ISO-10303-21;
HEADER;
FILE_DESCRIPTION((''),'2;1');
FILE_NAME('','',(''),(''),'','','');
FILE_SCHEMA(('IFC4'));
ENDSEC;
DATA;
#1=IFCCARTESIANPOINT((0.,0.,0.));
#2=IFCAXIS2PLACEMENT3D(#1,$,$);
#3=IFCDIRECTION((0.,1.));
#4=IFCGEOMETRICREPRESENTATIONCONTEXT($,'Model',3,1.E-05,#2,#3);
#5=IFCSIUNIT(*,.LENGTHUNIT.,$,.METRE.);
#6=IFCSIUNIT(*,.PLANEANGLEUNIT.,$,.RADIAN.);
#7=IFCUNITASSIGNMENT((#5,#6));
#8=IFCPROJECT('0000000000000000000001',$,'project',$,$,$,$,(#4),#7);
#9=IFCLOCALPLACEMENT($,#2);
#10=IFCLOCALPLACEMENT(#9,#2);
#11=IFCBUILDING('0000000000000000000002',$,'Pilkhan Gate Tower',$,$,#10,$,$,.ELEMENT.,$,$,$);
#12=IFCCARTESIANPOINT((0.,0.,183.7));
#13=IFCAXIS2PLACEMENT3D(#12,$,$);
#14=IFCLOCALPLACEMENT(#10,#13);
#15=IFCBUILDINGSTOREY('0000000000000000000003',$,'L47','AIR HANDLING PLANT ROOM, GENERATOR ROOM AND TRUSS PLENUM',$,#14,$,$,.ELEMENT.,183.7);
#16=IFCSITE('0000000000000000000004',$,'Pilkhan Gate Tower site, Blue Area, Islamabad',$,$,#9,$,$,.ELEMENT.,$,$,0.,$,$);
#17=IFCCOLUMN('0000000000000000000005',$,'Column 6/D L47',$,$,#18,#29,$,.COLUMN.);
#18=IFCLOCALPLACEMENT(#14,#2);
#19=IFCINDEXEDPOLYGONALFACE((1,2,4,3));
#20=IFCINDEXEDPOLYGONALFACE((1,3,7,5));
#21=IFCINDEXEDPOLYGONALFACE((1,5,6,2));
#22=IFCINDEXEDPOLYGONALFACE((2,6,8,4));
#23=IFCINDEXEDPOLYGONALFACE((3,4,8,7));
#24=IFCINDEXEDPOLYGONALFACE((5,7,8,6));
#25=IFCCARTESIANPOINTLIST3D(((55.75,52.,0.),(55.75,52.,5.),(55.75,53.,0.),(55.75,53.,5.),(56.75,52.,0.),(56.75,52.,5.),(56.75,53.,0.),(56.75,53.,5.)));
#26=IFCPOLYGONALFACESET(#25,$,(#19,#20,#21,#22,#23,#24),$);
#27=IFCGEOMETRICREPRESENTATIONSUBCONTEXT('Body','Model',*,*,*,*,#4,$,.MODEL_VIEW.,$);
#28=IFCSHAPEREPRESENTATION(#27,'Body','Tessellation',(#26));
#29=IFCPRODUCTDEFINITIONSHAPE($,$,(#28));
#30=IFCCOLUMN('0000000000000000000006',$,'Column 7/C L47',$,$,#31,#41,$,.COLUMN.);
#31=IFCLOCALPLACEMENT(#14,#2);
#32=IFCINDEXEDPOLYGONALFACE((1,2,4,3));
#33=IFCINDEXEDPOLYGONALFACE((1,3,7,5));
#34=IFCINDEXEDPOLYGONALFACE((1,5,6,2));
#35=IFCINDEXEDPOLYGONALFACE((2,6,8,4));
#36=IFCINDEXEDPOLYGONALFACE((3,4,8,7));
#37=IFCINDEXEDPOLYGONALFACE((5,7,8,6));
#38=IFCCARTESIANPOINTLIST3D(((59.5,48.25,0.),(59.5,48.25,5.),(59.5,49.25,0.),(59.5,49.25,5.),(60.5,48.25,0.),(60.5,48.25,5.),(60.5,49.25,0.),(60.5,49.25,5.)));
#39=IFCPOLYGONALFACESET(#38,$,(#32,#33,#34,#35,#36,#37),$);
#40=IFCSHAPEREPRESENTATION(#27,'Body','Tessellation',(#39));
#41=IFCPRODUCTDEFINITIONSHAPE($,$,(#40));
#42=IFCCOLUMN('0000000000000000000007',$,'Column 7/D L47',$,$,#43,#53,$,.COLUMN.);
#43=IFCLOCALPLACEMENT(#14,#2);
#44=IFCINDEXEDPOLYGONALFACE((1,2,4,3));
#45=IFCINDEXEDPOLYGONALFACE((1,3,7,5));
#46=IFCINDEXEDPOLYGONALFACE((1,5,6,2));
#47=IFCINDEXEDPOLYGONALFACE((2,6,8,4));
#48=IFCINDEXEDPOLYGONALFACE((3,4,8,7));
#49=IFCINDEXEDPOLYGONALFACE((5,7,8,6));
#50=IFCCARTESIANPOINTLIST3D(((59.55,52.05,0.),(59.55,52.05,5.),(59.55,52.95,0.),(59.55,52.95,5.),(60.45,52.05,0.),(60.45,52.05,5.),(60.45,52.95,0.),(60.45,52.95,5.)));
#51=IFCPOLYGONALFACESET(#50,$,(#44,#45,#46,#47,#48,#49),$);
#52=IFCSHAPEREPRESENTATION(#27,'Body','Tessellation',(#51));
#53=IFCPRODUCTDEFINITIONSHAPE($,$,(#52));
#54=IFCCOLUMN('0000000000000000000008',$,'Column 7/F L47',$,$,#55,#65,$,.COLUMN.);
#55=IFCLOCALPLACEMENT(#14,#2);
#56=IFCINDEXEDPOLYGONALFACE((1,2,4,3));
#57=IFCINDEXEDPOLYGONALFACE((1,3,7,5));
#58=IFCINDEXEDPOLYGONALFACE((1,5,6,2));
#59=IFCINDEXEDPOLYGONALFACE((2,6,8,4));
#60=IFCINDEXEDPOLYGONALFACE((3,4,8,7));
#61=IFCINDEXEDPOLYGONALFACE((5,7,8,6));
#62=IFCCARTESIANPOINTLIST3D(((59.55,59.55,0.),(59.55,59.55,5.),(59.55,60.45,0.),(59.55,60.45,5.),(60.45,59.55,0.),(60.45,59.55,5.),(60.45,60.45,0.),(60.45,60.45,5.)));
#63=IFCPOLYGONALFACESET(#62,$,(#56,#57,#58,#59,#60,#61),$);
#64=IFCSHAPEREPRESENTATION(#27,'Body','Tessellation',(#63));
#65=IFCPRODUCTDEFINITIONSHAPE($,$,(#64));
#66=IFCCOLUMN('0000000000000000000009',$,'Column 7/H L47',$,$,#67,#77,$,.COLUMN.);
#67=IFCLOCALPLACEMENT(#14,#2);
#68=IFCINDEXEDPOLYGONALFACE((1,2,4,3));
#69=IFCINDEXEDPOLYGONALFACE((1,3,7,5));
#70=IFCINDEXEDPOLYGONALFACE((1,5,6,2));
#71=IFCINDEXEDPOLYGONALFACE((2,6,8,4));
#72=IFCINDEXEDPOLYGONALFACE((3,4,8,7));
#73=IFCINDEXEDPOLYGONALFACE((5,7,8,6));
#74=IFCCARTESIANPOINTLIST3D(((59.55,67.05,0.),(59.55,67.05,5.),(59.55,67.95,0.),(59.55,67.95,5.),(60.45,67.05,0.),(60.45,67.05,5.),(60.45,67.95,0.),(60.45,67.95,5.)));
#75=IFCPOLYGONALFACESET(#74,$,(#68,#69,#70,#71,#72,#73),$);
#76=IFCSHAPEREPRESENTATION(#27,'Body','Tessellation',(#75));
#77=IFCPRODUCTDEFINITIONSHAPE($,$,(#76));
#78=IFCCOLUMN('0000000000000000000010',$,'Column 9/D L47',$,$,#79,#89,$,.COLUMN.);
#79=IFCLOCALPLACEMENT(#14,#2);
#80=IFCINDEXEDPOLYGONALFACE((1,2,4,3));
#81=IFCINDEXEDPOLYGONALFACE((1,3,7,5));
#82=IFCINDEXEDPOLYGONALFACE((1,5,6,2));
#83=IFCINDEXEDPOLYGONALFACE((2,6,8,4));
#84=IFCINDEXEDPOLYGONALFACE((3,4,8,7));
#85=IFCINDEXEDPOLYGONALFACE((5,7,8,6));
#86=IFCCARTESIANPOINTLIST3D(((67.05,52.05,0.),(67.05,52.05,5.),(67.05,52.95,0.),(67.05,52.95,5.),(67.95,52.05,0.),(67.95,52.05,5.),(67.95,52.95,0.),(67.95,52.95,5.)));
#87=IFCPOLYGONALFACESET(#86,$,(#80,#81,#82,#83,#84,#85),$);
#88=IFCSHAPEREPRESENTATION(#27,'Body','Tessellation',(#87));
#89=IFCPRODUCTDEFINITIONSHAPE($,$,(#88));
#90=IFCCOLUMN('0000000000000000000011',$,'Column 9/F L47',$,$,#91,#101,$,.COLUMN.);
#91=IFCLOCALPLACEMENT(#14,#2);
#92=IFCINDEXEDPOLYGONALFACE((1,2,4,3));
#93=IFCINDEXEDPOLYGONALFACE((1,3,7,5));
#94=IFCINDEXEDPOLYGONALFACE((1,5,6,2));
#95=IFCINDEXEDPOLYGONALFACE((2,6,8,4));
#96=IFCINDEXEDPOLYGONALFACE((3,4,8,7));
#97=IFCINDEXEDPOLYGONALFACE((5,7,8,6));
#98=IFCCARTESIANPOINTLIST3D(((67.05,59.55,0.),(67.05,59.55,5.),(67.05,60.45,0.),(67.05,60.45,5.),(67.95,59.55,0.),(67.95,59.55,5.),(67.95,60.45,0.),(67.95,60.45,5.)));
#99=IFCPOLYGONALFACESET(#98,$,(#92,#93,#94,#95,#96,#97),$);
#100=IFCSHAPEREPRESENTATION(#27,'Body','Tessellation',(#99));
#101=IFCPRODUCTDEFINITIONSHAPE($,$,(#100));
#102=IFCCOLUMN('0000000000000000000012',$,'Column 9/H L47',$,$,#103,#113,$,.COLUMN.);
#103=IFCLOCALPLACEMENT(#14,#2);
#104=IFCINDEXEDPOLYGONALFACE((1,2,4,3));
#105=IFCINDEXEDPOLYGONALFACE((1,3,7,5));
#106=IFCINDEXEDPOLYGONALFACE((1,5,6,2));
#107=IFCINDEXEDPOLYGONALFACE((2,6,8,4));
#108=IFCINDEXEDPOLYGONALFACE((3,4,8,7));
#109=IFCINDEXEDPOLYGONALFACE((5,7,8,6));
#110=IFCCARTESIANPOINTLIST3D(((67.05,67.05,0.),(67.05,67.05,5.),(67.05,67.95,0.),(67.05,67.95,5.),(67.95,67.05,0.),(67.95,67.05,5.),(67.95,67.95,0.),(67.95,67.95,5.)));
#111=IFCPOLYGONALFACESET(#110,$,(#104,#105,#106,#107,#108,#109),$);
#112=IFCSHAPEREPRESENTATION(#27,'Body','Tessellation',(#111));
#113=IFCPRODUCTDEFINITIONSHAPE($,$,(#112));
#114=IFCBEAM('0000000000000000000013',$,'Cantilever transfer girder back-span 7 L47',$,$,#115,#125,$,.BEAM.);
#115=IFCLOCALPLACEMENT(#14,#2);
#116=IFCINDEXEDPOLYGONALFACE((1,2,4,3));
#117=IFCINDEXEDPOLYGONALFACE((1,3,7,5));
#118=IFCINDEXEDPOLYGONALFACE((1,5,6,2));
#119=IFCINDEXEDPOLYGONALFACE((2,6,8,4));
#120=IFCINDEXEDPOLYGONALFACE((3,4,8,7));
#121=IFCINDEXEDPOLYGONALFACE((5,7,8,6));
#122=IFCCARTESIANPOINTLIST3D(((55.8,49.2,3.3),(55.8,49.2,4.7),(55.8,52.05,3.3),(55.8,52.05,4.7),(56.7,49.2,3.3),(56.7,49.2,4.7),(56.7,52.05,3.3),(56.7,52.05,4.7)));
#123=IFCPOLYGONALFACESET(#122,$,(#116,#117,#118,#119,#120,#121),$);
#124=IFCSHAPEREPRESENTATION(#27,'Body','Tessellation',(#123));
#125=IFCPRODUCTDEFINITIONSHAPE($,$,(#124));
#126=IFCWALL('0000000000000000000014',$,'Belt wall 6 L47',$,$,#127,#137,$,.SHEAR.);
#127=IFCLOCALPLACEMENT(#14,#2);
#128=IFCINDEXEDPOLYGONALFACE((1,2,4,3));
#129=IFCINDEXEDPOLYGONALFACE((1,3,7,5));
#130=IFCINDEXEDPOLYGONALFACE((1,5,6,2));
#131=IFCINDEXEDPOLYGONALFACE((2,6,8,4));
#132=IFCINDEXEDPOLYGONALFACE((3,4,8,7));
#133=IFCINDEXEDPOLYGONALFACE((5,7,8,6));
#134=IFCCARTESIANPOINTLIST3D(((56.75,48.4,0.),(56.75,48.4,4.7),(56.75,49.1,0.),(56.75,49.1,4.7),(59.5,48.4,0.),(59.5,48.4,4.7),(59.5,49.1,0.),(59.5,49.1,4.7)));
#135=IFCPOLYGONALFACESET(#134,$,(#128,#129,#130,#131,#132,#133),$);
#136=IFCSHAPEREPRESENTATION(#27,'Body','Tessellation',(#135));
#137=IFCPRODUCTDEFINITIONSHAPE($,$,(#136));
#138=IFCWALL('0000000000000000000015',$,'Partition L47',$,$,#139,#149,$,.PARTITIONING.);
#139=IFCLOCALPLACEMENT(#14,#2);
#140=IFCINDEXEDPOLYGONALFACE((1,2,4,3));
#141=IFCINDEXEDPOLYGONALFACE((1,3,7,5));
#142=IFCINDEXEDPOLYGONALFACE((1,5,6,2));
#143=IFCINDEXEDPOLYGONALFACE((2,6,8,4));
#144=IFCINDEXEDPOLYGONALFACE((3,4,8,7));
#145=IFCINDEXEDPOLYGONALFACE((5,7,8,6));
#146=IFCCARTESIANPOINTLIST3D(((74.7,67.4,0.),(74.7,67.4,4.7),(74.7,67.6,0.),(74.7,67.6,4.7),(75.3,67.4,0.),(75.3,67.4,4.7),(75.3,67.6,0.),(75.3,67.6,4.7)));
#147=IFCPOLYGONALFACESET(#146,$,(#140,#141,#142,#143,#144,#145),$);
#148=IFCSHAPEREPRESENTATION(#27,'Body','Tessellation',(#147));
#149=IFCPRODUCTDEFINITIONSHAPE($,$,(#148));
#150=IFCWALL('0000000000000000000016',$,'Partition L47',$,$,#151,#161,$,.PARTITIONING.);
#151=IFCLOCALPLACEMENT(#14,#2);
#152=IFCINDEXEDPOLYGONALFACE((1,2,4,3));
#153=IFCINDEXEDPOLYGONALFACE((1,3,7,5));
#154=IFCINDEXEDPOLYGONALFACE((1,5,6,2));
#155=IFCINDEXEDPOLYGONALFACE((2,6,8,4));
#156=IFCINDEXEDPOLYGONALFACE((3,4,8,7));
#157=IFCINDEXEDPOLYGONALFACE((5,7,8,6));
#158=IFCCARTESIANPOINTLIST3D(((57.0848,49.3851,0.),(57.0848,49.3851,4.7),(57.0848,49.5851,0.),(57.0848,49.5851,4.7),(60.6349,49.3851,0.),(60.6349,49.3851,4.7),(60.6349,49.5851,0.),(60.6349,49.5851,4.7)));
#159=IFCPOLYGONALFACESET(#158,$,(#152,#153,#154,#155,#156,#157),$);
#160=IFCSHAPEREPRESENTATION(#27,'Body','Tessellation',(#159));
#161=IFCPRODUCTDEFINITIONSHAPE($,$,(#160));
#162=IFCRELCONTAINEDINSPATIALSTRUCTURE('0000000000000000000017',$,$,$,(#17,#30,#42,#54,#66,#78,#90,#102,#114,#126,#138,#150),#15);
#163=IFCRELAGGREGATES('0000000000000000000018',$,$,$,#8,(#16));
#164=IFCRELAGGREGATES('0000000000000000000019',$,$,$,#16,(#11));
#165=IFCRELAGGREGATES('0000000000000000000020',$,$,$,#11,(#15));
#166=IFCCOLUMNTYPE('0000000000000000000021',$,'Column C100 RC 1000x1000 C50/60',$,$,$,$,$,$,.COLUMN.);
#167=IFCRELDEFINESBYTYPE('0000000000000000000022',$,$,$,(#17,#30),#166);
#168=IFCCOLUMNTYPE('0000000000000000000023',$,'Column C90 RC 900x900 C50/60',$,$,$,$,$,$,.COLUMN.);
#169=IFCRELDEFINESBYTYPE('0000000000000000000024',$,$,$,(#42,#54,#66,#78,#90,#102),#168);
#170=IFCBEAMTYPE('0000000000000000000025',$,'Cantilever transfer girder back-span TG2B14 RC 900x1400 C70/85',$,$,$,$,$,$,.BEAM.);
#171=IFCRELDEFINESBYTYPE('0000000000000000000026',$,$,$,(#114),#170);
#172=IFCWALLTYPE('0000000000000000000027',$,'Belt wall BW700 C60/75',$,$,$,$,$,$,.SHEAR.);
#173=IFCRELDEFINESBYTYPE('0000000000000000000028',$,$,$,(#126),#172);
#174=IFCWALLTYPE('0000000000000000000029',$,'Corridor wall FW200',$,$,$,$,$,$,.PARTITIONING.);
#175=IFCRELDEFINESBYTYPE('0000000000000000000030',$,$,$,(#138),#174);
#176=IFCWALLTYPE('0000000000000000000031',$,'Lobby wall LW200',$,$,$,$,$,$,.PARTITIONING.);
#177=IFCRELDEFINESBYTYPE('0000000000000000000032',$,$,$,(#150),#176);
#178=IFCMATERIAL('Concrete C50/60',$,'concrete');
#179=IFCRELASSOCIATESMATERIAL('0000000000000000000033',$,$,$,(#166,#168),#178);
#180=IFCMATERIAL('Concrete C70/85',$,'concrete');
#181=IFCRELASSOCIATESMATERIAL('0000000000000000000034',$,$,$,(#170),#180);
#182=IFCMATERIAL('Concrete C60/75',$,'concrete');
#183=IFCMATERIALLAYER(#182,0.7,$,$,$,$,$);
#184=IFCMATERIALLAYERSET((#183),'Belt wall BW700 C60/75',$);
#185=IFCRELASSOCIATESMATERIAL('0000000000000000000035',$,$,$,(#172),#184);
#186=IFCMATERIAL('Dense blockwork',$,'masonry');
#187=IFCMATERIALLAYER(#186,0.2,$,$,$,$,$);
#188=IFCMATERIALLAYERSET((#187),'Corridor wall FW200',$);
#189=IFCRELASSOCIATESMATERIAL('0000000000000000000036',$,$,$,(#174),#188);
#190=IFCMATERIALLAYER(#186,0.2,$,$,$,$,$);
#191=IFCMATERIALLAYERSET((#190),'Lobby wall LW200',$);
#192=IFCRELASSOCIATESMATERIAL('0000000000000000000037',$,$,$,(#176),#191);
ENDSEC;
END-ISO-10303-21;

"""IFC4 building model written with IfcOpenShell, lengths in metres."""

from ifc_helpers import new_model, si_unit, direction, frame, frame_2d, origin, origin_2d, place, context, subcontext, project, spatial, rectangle, extrude, material, layer, layer_set, material_profile, profile_set, type_object, element, save


model = new_model("IFC4")

# Units and contexts
model_context = context("Model", 3, precision=1e-05, world=origin(), true_north=direction((0.0, 1.0)))
body_context = subcontext(model_context, "Body", "Model", "MODEL_VIEW")
ifc_project = project(units=[si_unit("LENGTHUNIT", "METRE"), si_unit("PLANEANGLEUNIT", "RADIAN")], contexts=[model_context])

# Site, building, storey
site_placement = place(None, origin())
site = spatial("IfcSite", under=ifc_project, at=site_placement, Name="Pilkhan Gate Tower site, Blue Area, Islamabad", CompositionType="ELEMENT", RefElevation=0.0)
building_placement = place(site_placement, origin())
building = spatial("IfcBuilding", under=site, at=building_placement, Name="Pilkhan Gate Tower", CompositionType="ELEMENT")
storey_placement = place(building_placement, frame((0.0, 0.0, 183.7)))
storey = spatial("IfcBuildingStorey", under=building, at=storey_placement, Name="L47", Description="AIR HANDLING PLANT ROOM, GENERATOR ROOM AND TRUSS PLENUM", CompositionType="ELEMENT", Elevation=183.7)

# Columns
ifc_material_1 = material(Name="Concrete C50/60", Category="concrete")
ifc_material_profile_1 = material_profile(ifc_material_1, rectangle(XDim=1.0, YDim=1.0, at=origin_2d()), Name="RC 1000x1000")
ifc_profile_set_1 = profile_set([ifc_material_profile_1], Name="Concrete C50/60")
column_type_1 = type_object("IfcColumnType", Name="Column C100 RC 1000x1000 C50/60", PredefinedType="COLUMN", material=ifc_profile_set_1)
for number, where, z_axis, x_axis, name in (
    (1, (56.25, 52.5, 0.0), (0.0, 0.0, 1.0), (1.0, 0.0, 0.0), "Column 6/D L47"),
    (2, (60.0, 48.75, 0.0), (0.0, 0.0, 1.0), (1.0, 0.0, 0.0), "Column 7/C L47"),
):
    element("IfcColumn", number, at=place(storey_placement, frame(where, z_axis=z_axis, x_axis=x_axis)), inside=storey, type_object=column_type_1, Name=name, PredefinedType="COLUMN", context=body_context, shape_type="SweptSolid", body=[
        extrude(rectangle(XDim=1.0, YDim=1.0, at=origin_2d()), origin(), (0.0, 0.0, 1.0), 5.0),
    ])
ifc_material_profile_2 = material_profile(ifc_material_1, rectangle(XDim=0.8999, YDim=0.8999, at=origin_2d()), Name="RC 900x900")
ifc_profile_set_2 = profile_set([ifc_material_profile_2], Name="Concrete C50/60")
column_type_2 = type_object("IfcColumnType", Name="Column C90 RC 900x900 C50/60", PredefinedType="COLUMN", material=ifc_profile_set_2)
for number, where, z_axis, x_axis, name in (
    (3, (60.0, 52.5, 0.0), (0.0, 0.0, 1.0), (1.0, 0.0, 0.0), "Column 7/D L47"),
    (4, (60.0, 60.0, 0.0), (0.0, 0.0, 1.0), (1.0, 0.0, 0.0), "Column 7/F L47"),
    (5, (60.0, 67.5, 0.0), (0.0, 0.0, 1.0), (1.0, 0.0, 0.0), "Column 7/H L47"),
    (6, (67.5, 52.5, 0.0), (0.0, 0.0, 1.0), (1.0, 0.0, 0.0), "Column 9/D L47"),
    (7, (67.5, 60.0, 0.0), (0.0, 0.0, 1.0), (1.0, 0.0, 0.0), "Column 9/F L47"),
    (8, (67.5, 67.5, 0.0), (0.0, 0.0, 1.0), (1.0, 0.0, 0.0), "Column 9/H L47"),
):
    element("IfcColumn", number, at=place(storey_placement, frame(where, z_axis=z_axis, x_axis=x_axis)), inside=storey, type_object=column_type_2, Name=name, PredefinedType="COLUMN", context=body_context, shape_type="SweptSolid", body=[
        extrude(rectangle(XDim=0.8999, YDim=0.8999, at=origin_2d()), origin(), (0.0, 0.0, 1.0), 5.0),
    ])

# Beam
ifc_material_2 = material(Name="Concrete C70/85", Category="concrete")
ifc_material_profile_3 = material_profile(ifc_material_2, rectangle(XDim=0.8999, YDim=1.3999, at=origin_2d()), Name="RC 900x1400")
ifc_profile_set_3 = profile_set([ifc_material_profile_3], Name="Concrete C70/85")
beam_type = type_object("IfcBeamType", Name="Cantilever transfer girder back-span TG2B14 RC 900x1400 C70/85", PredefinedType="BEAM", material=ifc_profile_set_3)
beam_placement = place(storey_placement, frame((56.25, 49.2, 4.0), z_axis=(0.0, 1.0, 0.0), x_axis=(-1.0, 0.0, 0.0)))
element("IfcBeam", 9, at=beam_placement, inside=storey, type_object=beam_type, Name="Cantilever transfer girder back-span 7 L47", PredefinedType="BEAM", context=body_context, shape_type="SweptSolid", body=[
    extrude(rectangle(XDim=0.8999, YDim=1.3999, at=origin_2d()), origin(), (0.0, 0.0, 1.0), 2.8501),
])

# Walls
ifc_material_3 = material(Name="Concrete C60/75", Category="concrete")
ifc_layer_1 = layer(ifc_material_3, 0.7)
ifc_layer_set_1 = layer_set([ifc_layer_1], Name="Belt wall BW700 C60/75")
wall_type_1 = type_object("IfcWallType", Name="Belt wall BW700 C60/75", PredefinedType="SHEAR", material=ifc_layer_set_1)
wall_1_placement = place(storey_placement, frame((59.5, 48.75, 0.0), z_axis=(0.0, 0.0, 1.0), x_axis=(-1.0, 0.0, 0.0)))
element("IfcWall", 10, at=wall_1_placement, inside=storey, type_object=wall_type_1, Name="Belt wall 6 L47", PredefinedType="SHEAR", context=body_context, shape_type="SweptSolid", body=[
    extrude(rectangle(XDim=2.75, YDim=0.7, at=frame_2d((1.375, 0.0))), origin(), (0.0, 0.0, 1.0), 4.7),
])
ifc_material_4 = material(Name="Dense blockwork", Category="masonry")
ifc_layer_2 = layer(ifc_material_4, 0.2)
ifc_layer_set_2 = layer_set([ifc_layer_2], Name="Corridor wall FW200")
wall_type_2 = type_object("IfcWallType", Name="Corridor wall FW200", PredefinedType="PARTITIONING", material=ifc_layer_set_2)
wall_2_placement = place(storey_placement, frame((74.7, 67.5, 0.0), z_axis=(0.0, 0.0, 1.0), x_axis=(1.0, 0.0, 0.0)))
element("IfcWall", 11, at=wall_2_placement, inside=storey, type_object=wall_type_2, Name="Partition L47", PredefinedType="PARTITIONING", context=body_context, shape_type="SweptSolid", body=[
    extrude(rectangle(XDim=0.6001, YDim=0.2, at=frame_2d((0.3, 0.0))), origin(), (0.0, 0.0, 1.0), 4.7),
])
ifc_layer_3 = layer(ifc_material_4, 0.2)
ifc_layer_set_3 = layer_set([ifc_layer_3], Name="Lobby wall LW200")
wall_type_3 = type_object("IfcWallType", Name="Lobby wall LW200", PredefinedType="PARTITIONING", material=ifc_layer_set_3)
wall_3_placement = place(storey_placement, frame((57.085, 49.4851, 0.0), z_axis=(0.0, 0.0, 1.0), x_axis=(1.0, 0.0, 0.0)))
element("IfcWall", 12, at=wall_3_placement, inside=storey, type_object=wall_type_3, Name="Partition L47", PredefinedType="PARTITIONING", context=body_context, shape_type="SweptSolid", body=[
    extrude(rectangle(XDim=3.55, YDim=0.2, at=frame_2d((1.7749, 0.0))), origin(), (0.0, 0.0, 1.0), 4.7),
])

save(model, "model.ifc")
